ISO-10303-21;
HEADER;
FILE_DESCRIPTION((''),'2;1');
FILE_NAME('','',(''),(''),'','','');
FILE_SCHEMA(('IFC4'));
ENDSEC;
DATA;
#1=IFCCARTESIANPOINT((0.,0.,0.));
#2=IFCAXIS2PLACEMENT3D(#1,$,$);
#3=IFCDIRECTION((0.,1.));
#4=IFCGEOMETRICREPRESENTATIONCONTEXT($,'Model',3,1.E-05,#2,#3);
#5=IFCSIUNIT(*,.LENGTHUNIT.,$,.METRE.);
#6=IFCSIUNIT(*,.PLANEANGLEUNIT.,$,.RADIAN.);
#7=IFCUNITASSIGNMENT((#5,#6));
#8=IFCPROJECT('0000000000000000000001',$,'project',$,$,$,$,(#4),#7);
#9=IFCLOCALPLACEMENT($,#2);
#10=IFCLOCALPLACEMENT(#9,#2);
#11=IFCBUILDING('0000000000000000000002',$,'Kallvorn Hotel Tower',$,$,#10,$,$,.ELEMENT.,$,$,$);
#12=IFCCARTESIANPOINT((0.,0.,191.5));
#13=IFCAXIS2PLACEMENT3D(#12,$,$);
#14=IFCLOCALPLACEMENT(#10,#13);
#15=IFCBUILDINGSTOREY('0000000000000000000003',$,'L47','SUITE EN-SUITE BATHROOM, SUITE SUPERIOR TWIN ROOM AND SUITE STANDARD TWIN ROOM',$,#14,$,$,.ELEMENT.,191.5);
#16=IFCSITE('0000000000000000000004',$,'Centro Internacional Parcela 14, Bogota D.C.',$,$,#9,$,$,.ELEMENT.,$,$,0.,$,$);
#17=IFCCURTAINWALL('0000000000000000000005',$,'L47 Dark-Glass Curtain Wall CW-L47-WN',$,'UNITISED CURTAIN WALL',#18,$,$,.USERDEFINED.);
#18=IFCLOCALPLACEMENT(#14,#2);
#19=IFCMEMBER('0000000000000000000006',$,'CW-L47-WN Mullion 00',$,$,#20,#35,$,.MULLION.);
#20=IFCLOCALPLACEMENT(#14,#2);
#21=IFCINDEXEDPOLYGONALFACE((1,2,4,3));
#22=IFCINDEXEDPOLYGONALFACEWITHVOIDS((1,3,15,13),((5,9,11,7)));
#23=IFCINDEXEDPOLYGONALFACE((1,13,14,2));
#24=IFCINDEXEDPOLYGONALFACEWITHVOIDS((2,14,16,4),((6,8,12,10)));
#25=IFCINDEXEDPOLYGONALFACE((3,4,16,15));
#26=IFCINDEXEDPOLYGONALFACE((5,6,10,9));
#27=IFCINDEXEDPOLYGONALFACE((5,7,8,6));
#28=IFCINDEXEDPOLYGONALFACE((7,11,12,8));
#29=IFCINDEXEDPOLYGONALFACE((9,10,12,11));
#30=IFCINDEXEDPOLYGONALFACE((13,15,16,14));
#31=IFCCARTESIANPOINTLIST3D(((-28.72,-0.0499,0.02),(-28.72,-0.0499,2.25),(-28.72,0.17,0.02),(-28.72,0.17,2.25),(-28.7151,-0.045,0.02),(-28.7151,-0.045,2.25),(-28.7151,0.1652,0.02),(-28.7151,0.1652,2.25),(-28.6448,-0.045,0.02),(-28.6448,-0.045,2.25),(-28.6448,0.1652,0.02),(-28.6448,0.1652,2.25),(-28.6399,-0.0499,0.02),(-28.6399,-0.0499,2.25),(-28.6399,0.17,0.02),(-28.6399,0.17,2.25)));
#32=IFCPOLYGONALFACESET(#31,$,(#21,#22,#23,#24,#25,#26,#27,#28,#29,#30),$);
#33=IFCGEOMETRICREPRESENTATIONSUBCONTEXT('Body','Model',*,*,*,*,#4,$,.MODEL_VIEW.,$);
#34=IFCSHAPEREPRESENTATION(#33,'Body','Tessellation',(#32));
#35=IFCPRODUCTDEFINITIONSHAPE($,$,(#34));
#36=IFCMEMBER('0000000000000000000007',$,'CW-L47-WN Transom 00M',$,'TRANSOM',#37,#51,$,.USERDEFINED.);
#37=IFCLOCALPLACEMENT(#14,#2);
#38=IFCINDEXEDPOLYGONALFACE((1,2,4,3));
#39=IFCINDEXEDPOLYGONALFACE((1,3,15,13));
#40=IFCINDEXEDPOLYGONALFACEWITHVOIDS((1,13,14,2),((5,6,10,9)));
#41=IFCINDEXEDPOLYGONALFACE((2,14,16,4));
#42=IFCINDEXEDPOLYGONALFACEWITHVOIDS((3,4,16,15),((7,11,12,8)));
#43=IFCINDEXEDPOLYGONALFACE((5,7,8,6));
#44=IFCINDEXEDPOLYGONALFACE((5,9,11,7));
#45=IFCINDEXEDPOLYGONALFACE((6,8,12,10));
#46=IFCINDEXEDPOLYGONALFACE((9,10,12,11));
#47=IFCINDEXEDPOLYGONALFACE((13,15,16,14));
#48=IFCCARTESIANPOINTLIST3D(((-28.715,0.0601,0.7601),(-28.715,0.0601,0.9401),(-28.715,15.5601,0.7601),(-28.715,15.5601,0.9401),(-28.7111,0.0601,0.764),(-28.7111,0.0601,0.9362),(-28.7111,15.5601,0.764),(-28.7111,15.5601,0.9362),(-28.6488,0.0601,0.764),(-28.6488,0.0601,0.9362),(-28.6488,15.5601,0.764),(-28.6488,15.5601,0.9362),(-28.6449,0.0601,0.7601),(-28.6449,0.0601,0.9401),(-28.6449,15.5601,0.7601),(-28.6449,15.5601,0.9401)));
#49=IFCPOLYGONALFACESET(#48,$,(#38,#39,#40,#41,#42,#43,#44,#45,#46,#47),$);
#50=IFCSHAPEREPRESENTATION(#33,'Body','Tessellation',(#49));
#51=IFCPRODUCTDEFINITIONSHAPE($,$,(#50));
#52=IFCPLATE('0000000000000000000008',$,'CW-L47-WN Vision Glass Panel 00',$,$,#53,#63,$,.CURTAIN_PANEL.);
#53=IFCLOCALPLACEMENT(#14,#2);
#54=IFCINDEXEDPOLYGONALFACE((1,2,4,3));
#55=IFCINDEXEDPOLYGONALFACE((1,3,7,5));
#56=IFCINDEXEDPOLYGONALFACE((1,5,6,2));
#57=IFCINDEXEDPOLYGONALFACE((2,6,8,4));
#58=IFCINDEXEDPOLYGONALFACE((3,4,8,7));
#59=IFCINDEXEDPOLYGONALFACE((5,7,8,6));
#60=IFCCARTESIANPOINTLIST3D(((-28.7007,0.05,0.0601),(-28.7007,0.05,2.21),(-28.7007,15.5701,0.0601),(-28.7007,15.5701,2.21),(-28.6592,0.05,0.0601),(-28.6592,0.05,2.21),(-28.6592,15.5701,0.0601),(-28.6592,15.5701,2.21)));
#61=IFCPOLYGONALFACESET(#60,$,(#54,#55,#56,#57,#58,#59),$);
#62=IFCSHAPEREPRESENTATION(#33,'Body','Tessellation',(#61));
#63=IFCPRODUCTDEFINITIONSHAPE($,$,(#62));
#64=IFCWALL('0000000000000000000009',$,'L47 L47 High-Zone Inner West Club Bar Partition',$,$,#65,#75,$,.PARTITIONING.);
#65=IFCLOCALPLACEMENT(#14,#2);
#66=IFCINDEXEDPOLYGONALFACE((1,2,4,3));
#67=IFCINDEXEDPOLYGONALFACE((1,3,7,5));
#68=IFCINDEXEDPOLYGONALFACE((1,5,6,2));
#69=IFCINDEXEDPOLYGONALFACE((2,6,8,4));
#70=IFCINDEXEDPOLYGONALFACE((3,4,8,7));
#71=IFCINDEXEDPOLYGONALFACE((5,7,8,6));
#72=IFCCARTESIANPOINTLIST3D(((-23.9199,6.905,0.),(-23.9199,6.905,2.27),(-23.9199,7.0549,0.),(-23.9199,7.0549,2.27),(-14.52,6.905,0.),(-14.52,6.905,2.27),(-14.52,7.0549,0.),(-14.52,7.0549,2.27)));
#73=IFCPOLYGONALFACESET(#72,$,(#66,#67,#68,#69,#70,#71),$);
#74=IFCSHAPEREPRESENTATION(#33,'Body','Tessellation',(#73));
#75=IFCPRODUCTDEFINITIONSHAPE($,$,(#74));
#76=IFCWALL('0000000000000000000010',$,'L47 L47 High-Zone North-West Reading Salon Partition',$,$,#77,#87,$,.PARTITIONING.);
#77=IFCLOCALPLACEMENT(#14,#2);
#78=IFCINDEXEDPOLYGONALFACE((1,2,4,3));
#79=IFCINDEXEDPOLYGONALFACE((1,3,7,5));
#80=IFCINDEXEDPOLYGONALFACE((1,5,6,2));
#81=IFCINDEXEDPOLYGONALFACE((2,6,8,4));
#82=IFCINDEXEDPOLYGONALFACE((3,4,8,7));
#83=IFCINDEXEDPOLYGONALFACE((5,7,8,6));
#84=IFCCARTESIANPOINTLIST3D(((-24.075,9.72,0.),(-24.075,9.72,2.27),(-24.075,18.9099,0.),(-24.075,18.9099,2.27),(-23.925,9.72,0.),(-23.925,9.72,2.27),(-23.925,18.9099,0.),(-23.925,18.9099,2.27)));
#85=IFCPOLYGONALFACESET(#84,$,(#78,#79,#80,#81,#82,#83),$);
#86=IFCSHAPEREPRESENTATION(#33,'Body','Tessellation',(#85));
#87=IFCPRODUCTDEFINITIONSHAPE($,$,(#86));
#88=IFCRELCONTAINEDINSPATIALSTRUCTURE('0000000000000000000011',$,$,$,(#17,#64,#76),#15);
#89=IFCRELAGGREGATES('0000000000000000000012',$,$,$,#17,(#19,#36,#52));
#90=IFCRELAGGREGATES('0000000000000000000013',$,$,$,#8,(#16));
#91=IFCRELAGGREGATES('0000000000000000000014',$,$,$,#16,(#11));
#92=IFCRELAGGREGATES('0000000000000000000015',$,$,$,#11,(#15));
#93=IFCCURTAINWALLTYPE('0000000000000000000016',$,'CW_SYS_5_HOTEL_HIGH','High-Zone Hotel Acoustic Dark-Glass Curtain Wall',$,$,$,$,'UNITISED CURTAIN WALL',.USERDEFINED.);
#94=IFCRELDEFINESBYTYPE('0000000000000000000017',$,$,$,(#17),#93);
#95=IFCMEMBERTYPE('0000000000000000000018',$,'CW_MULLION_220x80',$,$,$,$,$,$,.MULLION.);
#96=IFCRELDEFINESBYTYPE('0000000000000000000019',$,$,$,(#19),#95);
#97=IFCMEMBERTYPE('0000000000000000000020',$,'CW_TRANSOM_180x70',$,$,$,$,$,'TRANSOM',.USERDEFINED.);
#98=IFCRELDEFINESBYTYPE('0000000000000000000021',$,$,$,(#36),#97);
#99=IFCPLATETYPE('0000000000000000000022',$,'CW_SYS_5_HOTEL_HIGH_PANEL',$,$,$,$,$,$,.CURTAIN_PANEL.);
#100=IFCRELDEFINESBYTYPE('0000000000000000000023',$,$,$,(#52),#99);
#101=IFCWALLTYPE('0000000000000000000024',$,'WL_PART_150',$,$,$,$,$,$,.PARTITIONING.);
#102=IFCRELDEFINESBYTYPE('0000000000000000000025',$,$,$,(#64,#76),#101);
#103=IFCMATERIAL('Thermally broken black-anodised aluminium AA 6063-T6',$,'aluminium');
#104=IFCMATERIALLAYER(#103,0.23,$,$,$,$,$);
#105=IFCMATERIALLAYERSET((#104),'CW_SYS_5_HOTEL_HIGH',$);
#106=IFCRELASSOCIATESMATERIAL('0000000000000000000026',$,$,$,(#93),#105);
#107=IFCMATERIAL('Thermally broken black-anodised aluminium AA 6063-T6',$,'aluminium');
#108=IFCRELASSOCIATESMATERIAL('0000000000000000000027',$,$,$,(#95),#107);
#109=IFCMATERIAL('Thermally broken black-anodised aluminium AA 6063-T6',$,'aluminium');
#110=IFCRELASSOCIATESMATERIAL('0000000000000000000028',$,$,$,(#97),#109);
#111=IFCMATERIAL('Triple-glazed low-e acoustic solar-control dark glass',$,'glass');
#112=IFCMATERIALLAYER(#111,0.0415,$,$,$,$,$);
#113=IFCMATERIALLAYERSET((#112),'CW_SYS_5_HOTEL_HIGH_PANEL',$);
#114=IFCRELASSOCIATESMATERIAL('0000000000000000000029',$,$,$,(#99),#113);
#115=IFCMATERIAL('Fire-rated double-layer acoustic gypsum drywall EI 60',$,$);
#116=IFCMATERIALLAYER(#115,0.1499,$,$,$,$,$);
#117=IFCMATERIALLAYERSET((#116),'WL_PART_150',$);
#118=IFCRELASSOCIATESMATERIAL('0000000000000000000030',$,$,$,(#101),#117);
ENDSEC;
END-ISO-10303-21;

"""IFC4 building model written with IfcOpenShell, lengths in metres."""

from ifc_helpers import new_model, si_unit, direction, frame, frame_2d, origin, origin_2d, place, context, subcontext, project, spatial, rectangle, hollow_rectangle, extrude, material, layer, layer_set, material_profile, profile_set, type_object, element, aggregate, save


model = new_model("IFC4")

# Units and contexts
model_context = context("Model", 3, precision=1e-05, world=origin(), true_north=direction((0.0, 1.0)))
body_context = subcontext(model_context, "Body", "Model", "MODEL_VIEW")
ifc_project = project(units=[si_unit("LENGTHUNIT", "METRE"), si_unit("PLANEANGLEUNIT", "RADIAN")], contexts=[model_context])

# Site, building, storey
site_placement = place(None, origin())
site = spatial("IfcSite", under=ifc_project, at=site_placement, Name="Centro Internacional Parcela 14, Bogota D.C.", CompositionType="ELEMENT", RefElevation=0.0)
building_placement = place(site_placement, origin())
building = spatial("IfcBuilding", under=site, at=building_placement, Name="Kallvorn Hotel Tower", CompositionType="ELEMENT")
storey_placement = place(building_placement, frame((0.0, 0.0, 191.5)))
storey = spatial("IfcBuildingStorey", under=building, at=storey_placement, Name="L47", Description="SUITE EN-SUITE BATHROOM, SUITE SUPERIOR TWIN ROOM AND SUITE STANDARD TWIN ROOM", CompositionType="ELEMENT", Elevation=191.5)

# Curtain wall, members, plate
ifc_material_1 = material(Name="Thermally broken black-anodised aluminium AA 6063-T6", Category="aluminium")
ifc_layer_1 = layer(ifc_material_1, 0.23)
ifc_layer_set_1 = layer_set([ifc_layer_1], Name="CW_SYS_5_HOTEL_HIGH")
curtain_wall_type = type_object("IfcCurtainWallType", Name="CW_SYS_5_HOTEL_HIGH", Description="High-Zone Hotel Acoustic Dark-Glass Curtain Wall", ElementType="UNITISED CURTAIN WALL", PredefinedType="USERDEFINED", material=ifc_layer_set_1)
curtain_wall_placement = place(storey_placement, origin())
curtain_wall = element("IfcCurtainWall", 1, at=curtain_wall_placement, inside=storey, type_object=curtain_wall_type, Name="L47 Dark-Glass Curtain Wall CW-L47-WN", ObjectType="UNITISED CURTAIN WALL", PredefinedType="USERDEFINED")
ifc_material_2 = material(Name="Thermally broken black-anodised aluminium AA 6063-T6", Category="aluminium")
ifc_material_profile_1 = material_profile(ifc_material_2, hollow_rectangle(XDim=0.0801, YDim=0.22, WallThickness=0.0049, at=origin_2d()), Name="MUL 220x80")
ifc_profile_set_1 = profile_set([ifc_material_profile_1], Name="Thermally broken black-anodised aluminium AA 6063-T6")
member_type_1 = type_object("IfcMemberType", Name="CW_MULLION_220x80", PredefinedType="MULLION", material=ifc_profile_set_1)
member_1_placement = place(storey_placement, frame((-28.6799, 0.0601, 0.02), z_axis=(0.0, 0.0, 1.0), x_axis=(1.0, 0.0, 0.0)))
member_1 = element("IfcMember", 2, at=member_1_placement, type_object=member_type_1, Name="CW-L47-WN Mullion 00", PredefinedType="MULLION", context=body_context, shape_type="SweptSolid", body=[
    extrude(hollow_rectangle(XDim=0.0801, YDim=0.22, WallThickness=0.0049, at=origin_2d()), origin(), (0.0, 0.0, 1.0), 2.23),
])
ifc_material_3 = material(Name="Thermally broken black-anodised aluminium AA 6063-T6", Category="aluminium")
ifc_material_profile_2 = material_profile(ifc_material_3, hollow_rectangle(XDim=0.0701, YDim=0.1799, WallThickness=0.0039, at=origin_2d()), Name="TRN 180x70")
ifc_profile_set_2 = profile_set([ifc_material_profile_2], Name="Thermally broken black-anodised aluminium AA 6063-T6")
member_type_2 = type_object("IfcMemberType", Name="CW_TRANSOM_180x70", ElementType="TRANSOM", PredefinedType="USERDEFINED", material=ifc_profile_set_2)
member_2_placement = place(storey_placement, frame((-28.6799, 0.0601, 0.8501), z_axis=(0.0, 1.0, 0.0), x_axis=(-1.0, 0.0, 0.0)))
member_2 = element("IfcMember", 3, at=member_2_placement, type_object=member_type_2, Name="CW-L47-WN Transom 00M", ObjectType="TRANSOM", PredefinedType="USERDEFINED", context=body_context, shape_type="SweptSolid", body=[
    extrude(hollow_rectangle(XDim=0.0701, YDim=0.1799, WallThickness=0.0039, at=origin_2d()), origin(), (0.0, 0.0, 1.0), 15.5),
])
ifc_material_4 = material(Name="Triple-glazed low-e acoustic solar-control dark glass", Category="glass")
ifc_layer_2 = layer(ifc_material_4, 0.0415)
ifc_layer_set_2 = layer_set([ifc_layer_2], Name="CW_SYS_5_HOTEL_HIGH_PANEL")
plate_type = type_object("IfcPlateType", Name="CW_SYS_5_HOTEL_HIGH_PANEL", PredefinedType="CURTAIN_PANEL", material=ifc_layer_set_2)
plate_placement = place(storey_placement, frame((-28.6799, 7.8101, 0.0601), z_axis=(0.0, 0.0, 1.0), x_axis=(0.0, 1.0, 0.0)))
plate = element("IfcPlate", 4, at=plate_placement, type_object=plate_type, Name="CW-L47-WN Vision Glass Panel 00", PredefinedType="CURTAIN_PANEL", context=body_context, shape_type="SweptSolid", body=[
    extrude(rectangle(XDim=15.52, YDim=0.0415, at=origin_2d()), origin(), (0.0, 0.0, 1.0), 2.1499),
])
aggregate(curtain_wall, [member_1, member_2, plate])

# Walls
ifc_material_5 = material(Name="Fire-rated double-layer acoustic gypsum drywall EI 60")
ifc_layer_3 = layer(ifc_material_5, 0.1499)
ifc_layer_set_3 = layer_set([ifc_layer_3], Name="WL_PART_150")
wall_type_1 = type_object("IfcWallType", Name="WL_PART_150", PredefinedType="PARTITIONING", material=ifc_layer_set_3)
wall_1_placement = place(storey_placement, frame((-23.9199, 6.98, 0.0), z_axis=(0.0, 0.0, 1.0), x_axis=(1.0, 0.0, 0.0)))
element("IfcWall", 5, at=wall_1_placement, inside=storey, type_object=wall_type_1, Name="L47 L47 High-Zone Inner West Club Bar Partition", PredefinedType="PARTITIONING", context=body_context, shape_type="SweptSolid", body=[
    extrude(rectangle(XDim=9.3999, YDim=0.1499, at=frame_2d((4.7, 0.0))), origin(), (0.0, 0.0, 1.0), 2.27),
])
wall_2_placement = place(storey_placement, frame((-24.0, 9.72, 0.0), z_axis=(0.0, 0.0, 1.0), x_axis=(0.0, 1.0, 0.0)))
element("IfcWall", 6, at=wall_2_placement, inside=storey, type_object=wall_type_1, Name="L47 L47 High-Zone North-West Reading Salon Partition", PredefinedType="PARTITIONING", context=body_context, shape_type="SweptSolid", body=[
    extrude(rectangle(XDim=9.1899, YDim=0.1499, at=frame_2d((4.595, 0.0))), origin(), (0.0, 0.0, 1.0), 2.27),
])

save(model, "model.ifc")
